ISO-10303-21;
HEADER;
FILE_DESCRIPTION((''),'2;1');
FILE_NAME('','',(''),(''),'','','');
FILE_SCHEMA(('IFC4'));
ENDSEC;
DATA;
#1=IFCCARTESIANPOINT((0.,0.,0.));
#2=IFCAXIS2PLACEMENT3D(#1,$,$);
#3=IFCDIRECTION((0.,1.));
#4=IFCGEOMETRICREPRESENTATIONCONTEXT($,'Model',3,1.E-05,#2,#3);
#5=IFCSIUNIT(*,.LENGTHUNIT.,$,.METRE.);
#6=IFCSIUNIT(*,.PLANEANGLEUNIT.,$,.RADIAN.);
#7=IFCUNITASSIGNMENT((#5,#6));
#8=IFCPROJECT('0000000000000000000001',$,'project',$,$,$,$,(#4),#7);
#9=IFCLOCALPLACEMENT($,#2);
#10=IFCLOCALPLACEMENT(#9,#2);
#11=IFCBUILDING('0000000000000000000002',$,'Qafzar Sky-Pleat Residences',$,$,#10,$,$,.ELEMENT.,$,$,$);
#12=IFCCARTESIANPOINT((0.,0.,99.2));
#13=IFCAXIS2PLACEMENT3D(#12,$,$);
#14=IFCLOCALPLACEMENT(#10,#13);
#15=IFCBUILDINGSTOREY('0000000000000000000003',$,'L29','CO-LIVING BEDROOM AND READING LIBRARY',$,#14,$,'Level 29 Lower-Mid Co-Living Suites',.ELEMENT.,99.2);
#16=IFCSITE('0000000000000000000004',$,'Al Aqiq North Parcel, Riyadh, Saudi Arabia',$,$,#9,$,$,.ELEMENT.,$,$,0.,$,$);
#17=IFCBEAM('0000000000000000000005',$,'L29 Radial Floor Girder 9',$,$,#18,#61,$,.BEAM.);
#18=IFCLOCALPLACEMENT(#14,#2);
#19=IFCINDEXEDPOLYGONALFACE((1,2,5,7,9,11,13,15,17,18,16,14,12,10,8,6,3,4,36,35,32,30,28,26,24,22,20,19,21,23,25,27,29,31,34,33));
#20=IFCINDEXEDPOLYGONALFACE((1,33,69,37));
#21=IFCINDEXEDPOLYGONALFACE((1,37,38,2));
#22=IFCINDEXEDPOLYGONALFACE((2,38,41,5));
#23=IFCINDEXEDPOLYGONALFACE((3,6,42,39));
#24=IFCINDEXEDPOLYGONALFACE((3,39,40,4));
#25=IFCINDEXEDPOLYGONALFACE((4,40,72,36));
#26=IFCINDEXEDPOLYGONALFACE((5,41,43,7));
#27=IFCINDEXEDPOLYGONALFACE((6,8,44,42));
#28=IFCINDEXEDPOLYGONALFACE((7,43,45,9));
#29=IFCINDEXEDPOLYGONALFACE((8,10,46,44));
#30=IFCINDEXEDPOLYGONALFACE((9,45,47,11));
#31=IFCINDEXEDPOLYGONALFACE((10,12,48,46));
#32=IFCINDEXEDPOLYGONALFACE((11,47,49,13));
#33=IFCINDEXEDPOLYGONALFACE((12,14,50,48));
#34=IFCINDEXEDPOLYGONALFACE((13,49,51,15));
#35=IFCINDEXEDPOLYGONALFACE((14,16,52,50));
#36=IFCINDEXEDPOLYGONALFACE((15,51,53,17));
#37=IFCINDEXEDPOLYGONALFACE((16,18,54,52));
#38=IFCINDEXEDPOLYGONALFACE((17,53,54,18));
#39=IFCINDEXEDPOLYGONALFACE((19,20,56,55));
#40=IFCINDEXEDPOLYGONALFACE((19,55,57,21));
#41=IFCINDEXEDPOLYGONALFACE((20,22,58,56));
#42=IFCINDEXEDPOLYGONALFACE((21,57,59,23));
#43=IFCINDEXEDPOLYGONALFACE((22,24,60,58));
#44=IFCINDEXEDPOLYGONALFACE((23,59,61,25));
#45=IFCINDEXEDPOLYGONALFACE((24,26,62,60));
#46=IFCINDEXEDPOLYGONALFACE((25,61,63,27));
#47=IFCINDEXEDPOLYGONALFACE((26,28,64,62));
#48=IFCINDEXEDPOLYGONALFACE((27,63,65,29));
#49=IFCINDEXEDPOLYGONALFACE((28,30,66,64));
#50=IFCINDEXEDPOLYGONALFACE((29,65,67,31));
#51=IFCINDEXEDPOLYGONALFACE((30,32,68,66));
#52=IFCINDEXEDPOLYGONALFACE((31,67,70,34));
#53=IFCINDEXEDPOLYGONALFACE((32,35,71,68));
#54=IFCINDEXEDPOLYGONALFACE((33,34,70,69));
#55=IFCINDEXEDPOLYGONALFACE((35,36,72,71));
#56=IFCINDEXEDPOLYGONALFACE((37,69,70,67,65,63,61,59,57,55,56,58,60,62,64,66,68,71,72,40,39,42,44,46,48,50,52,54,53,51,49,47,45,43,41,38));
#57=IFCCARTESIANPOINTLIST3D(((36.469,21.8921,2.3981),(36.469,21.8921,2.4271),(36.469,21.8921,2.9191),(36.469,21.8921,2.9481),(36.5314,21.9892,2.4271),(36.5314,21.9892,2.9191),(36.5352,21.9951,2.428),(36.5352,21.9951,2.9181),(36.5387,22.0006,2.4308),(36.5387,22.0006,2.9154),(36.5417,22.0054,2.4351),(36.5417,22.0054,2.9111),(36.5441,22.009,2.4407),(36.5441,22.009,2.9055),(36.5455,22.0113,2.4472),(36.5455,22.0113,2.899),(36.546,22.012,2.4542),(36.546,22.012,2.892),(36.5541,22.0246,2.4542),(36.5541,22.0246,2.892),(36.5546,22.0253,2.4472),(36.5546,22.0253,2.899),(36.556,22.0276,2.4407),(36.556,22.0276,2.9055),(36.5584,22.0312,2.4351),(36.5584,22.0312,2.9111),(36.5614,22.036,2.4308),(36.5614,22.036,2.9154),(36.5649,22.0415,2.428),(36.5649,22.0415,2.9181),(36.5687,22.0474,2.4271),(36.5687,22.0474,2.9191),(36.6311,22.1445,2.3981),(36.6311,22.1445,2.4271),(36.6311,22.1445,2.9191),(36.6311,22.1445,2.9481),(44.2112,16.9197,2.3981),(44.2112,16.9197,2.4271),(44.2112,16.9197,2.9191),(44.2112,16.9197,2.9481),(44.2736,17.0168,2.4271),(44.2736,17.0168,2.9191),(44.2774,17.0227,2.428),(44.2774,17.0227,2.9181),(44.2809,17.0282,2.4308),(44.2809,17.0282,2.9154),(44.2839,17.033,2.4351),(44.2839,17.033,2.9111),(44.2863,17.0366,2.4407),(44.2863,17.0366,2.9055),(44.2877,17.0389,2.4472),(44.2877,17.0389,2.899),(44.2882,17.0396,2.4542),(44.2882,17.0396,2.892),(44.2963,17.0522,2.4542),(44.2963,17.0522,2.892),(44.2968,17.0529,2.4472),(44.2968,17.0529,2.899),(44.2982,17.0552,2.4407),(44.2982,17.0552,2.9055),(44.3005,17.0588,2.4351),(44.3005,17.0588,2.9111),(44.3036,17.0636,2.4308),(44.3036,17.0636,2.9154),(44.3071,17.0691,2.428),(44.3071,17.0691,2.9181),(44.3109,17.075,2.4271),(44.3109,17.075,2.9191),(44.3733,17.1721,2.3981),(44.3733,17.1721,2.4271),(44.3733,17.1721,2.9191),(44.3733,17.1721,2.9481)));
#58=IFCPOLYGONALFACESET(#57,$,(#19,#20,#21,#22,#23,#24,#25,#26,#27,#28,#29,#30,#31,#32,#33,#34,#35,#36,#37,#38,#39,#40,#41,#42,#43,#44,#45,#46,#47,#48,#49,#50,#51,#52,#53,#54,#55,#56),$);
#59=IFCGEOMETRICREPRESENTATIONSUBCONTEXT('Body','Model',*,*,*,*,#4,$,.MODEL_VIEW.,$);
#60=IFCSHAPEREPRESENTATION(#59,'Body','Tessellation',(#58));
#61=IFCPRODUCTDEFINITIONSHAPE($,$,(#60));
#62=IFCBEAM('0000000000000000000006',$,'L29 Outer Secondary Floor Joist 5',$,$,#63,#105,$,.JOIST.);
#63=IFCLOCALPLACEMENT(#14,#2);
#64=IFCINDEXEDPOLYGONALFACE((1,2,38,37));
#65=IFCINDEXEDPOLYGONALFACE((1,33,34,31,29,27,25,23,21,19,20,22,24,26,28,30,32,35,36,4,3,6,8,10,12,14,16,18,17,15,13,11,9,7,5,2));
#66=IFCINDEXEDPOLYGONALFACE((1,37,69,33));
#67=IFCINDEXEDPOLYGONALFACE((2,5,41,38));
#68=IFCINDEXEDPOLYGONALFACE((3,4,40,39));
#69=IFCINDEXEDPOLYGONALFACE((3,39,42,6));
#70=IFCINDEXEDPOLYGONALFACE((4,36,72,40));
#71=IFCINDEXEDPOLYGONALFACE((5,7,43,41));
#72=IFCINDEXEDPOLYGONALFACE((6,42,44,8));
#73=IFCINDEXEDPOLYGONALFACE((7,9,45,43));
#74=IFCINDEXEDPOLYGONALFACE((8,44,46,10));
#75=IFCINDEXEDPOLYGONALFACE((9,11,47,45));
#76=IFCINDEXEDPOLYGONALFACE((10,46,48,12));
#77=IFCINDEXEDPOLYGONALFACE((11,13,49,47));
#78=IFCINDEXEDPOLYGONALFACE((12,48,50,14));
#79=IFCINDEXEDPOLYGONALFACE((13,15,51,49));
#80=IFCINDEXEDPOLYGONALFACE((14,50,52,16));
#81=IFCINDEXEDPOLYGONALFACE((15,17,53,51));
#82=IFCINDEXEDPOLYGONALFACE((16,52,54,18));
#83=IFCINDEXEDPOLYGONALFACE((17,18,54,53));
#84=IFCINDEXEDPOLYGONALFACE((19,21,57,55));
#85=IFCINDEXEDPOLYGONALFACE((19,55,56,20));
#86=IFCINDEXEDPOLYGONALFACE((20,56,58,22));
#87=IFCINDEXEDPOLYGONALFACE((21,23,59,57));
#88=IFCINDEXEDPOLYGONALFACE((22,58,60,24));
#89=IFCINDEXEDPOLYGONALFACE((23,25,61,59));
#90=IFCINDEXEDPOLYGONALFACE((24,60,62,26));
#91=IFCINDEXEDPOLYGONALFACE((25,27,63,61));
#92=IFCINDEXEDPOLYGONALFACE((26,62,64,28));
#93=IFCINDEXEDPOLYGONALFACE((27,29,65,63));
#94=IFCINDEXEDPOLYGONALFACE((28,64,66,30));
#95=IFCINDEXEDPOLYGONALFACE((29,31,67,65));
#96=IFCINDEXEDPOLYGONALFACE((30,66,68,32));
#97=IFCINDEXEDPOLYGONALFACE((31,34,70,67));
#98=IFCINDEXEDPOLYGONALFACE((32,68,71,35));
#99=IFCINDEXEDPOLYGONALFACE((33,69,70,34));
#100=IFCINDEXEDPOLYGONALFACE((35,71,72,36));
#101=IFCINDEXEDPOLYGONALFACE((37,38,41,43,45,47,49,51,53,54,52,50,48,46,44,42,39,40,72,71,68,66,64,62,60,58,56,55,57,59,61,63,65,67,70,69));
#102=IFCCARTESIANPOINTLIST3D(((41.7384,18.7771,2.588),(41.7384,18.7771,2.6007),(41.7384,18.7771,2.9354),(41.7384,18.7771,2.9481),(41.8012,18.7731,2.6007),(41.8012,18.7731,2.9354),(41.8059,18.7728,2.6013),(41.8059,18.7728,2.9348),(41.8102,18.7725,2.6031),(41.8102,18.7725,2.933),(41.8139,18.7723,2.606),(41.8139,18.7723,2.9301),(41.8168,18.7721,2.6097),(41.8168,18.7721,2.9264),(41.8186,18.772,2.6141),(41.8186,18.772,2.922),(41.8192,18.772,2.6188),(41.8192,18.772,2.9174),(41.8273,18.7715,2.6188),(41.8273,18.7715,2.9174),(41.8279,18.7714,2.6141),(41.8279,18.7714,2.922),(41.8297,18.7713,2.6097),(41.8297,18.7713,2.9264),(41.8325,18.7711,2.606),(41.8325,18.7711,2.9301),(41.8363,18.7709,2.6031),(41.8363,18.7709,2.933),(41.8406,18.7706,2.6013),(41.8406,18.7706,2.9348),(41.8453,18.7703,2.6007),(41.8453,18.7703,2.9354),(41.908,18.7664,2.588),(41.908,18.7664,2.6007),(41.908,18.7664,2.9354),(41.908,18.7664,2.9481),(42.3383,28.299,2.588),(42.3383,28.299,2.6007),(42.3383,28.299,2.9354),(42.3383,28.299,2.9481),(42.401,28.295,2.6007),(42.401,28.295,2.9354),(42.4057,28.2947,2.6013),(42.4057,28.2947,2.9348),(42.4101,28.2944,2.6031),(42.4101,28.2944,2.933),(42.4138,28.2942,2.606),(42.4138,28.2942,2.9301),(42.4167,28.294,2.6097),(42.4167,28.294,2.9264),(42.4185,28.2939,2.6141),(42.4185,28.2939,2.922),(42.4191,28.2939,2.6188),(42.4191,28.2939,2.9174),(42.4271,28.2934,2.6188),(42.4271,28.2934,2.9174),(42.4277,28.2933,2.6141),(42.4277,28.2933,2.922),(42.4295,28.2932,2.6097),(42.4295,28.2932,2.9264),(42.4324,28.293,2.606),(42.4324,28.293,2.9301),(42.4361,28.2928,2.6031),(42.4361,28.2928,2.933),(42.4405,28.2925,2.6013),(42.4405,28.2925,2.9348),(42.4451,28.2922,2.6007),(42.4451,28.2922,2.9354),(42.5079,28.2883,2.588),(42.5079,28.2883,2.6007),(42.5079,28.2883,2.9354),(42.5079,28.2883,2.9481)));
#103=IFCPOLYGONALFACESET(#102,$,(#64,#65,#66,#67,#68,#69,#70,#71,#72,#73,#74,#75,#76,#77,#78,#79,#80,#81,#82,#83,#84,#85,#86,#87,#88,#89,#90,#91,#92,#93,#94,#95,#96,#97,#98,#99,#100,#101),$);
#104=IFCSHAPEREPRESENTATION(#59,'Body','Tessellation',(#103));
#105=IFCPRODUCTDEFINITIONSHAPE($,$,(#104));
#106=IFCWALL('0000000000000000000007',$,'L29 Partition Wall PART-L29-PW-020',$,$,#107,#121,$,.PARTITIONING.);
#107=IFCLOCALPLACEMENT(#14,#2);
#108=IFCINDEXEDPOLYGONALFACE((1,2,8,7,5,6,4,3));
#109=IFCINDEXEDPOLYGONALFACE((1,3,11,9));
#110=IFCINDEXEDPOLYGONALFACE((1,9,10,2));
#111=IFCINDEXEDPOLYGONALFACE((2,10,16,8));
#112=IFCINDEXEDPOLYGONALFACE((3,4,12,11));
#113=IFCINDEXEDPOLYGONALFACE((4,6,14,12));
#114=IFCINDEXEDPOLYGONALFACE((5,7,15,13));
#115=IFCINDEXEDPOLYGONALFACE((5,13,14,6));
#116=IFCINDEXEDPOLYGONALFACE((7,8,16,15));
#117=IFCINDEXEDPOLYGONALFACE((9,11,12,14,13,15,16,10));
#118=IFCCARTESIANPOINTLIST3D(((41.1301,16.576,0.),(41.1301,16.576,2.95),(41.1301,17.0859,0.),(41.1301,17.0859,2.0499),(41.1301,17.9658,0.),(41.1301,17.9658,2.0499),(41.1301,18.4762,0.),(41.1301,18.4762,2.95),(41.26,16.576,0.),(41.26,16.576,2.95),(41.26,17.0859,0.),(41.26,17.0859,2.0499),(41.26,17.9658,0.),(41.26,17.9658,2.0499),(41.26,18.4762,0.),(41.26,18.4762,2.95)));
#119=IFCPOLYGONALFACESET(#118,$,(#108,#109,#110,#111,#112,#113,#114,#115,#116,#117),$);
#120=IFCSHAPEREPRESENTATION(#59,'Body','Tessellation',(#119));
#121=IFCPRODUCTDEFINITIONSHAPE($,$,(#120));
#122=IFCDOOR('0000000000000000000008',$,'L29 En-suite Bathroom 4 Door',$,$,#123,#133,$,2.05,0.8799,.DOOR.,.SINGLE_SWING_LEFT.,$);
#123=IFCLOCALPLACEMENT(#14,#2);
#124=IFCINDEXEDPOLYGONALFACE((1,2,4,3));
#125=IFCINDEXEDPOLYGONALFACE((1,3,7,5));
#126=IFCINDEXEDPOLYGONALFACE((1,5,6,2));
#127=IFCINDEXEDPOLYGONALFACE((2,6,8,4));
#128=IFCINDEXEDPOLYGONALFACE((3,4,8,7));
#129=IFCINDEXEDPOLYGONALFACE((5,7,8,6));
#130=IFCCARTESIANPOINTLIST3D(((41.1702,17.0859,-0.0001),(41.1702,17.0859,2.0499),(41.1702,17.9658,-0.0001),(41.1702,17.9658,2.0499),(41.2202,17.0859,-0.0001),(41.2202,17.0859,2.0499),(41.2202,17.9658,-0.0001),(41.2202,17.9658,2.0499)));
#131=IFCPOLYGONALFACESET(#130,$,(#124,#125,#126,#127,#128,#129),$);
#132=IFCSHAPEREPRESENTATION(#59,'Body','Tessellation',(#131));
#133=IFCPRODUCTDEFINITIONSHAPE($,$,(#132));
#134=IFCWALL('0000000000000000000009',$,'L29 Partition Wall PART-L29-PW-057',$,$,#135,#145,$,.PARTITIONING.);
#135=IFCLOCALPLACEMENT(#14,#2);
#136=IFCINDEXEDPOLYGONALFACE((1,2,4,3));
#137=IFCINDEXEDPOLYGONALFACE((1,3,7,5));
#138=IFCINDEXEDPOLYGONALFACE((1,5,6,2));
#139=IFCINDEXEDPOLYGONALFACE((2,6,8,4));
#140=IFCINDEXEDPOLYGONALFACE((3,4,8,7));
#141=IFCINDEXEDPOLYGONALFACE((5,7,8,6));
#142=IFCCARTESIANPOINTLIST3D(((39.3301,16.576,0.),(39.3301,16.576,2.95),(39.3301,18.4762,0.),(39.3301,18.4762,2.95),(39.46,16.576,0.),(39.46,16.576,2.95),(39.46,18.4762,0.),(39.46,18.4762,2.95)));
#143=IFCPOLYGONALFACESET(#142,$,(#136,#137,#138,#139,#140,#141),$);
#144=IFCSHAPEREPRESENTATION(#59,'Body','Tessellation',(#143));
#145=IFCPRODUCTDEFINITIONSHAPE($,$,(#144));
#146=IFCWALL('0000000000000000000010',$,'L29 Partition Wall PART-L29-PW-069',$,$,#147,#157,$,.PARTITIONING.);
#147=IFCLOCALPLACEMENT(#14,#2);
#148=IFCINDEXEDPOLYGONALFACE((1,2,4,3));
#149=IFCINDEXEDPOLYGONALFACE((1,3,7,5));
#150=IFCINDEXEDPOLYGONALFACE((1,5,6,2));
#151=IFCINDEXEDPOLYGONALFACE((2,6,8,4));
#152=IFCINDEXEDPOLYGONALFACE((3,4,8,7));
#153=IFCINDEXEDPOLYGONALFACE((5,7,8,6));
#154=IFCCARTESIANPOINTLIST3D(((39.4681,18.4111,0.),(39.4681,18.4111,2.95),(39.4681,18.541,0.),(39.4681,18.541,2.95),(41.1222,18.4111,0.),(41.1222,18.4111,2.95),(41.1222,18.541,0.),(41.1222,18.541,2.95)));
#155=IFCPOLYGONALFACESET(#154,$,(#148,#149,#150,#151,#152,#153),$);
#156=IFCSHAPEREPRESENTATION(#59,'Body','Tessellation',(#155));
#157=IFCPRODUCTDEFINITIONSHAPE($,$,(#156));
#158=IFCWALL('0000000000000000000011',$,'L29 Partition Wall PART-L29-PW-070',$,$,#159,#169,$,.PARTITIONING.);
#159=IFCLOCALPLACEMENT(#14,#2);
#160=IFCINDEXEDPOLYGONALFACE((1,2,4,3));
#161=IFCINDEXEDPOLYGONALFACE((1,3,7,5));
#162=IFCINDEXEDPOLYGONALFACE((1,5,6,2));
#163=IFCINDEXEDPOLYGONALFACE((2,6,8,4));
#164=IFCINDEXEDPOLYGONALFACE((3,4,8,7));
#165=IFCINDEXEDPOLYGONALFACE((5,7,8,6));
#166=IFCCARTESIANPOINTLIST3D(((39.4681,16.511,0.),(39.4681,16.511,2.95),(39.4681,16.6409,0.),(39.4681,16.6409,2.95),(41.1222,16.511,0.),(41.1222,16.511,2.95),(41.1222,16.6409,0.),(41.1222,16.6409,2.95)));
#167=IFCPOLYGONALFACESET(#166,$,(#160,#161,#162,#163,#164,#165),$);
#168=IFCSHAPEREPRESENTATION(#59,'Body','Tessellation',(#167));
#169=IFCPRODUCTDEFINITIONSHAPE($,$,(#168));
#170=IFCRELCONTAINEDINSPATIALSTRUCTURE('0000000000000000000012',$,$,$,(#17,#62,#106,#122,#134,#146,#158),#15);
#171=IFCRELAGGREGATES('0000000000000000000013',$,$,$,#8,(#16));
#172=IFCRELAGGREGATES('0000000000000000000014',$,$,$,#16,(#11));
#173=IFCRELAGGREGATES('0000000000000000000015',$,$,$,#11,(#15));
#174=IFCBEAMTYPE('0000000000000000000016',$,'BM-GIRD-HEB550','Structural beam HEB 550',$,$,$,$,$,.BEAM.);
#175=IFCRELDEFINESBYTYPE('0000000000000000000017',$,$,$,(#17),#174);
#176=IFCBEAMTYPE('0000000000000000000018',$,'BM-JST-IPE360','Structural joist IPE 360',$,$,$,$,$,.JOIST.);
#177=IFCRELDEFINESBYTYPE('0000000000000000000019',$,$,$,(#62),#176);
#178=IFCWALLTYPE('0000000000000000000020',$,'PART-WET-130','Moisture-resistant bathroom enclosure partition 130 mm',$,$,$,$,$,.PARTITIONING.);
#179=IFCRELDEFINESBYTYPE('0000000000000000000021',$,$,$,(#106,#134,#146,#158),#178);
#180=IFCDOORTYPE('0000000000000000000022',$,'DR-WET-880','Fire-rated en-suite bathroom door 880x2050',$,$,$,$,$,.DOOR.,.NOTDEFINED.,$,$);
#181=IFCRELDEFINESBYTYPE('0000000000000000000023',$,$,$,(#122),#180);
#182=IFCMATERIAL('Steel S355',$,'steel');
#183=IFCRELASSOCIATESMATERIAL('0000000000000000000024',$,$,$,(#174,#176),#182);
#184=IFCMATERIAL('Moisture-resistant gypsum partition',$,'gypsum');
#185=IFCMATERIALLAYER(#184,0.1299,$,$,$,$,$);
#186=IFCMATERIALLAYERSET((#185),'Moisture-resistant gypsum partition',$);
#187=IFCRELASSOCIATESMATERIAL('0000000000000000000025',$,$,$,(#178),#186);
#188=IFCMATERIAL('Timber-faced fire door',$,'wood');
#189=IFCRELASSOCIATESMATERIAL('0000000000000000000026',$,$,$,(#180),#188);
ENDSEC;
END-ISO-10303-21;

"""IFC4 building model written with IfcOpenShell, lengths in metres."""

from ifc_helpers import new_model, si_unit, direction, frame, frame_2d, origin, origin_2d, place, context, subcontext, project, spatial, rectangle, i_section, extrude, source, transform, mapped, material, layer, layer_set, material_profile, profile_set, type_object, element, fill, save


model = new_model("IFC4")

# Units and contexts
model_context = context("Model", 3, precision=1e-05, world=origin(), true_north=direction((0.0, 1.0)))
body_context = subcontext(model_context, "Body", "Model", "MODEL_VIEW")
ifc_project = project(units=[si_unit("LENGTHUNIT", "METRE"), si_unit("PLANEANGLEUNIT", "RADIAN")], contexts=[model_context])

# Site, building, storey
site_placement = place(None, origin())
site = spatial("IfcSite", under=ifc_project, at=site_placement, Name="Al Aqiq North Parcel, Riyadh, Saudi Arabia", CompositionType="ELEMENT", RefElevation=0.0)
building_placement = place(site_placement, origin())
building = spatial("IfcBuilding", under=site, at=building_placement, Name="Qafzar Sky-Pleat Residences", CompositionType="ELEMENT")
storey_placement = place(building_placement, frame((0.0, 0.0, 99.2)))
storey = spatial("IfcBuildingStorey", under=building, at=storey_placement, Name="L29", Description="CO-LIVING BEDROOM AND READING LIBRARY", LongName="Level 29 Lower-Mid Co-Living Suites", CompositionType="ELEMENT", Elevation=99.2)

# Beams
ifc_material_1 = material(Name="Steel S355", Category="steel")
ifc_material_profile_1 = material_profile(ifc_material_1, i_section(OverallWidth=0.3, OverallDepth=0.55, WebThickness=0.0149, FlangeThickness=0.0291, FilletRadius=0.0271, at=origin_2d()), Name="HEB 550")
ifc_profile_set_1 = profile_set([ifc_material_profile_1], Name="Steel S355")
beam_type_1 = type_object("IfcBeamType", Name="BM-GIRD-HEB550", Description="Structural beam HEB 550", PredefinedType="BEAM", material=ifc_profile_set_1)
shared_shape_1 = source(origin(), body_context, "Body", "SweptSolid", [
    extrude(i_section(OverallWidth=0.3, OverallDepth=0.55, WebThickness=0.0149, FlangeThickness=0.0291, FilletRadius=0.0271, at=origin_2d()), origin(), (0.0, 0.0, 1.0), 9.2014),
])
beam_1_placement = place(storey_placement, frame((44.2922, 17.0459, 2.6731), z_axis=(-0.841411, 0.540395, 0.0), x_axis=(-0.540395, -0.841411, 0.0)))
element("IfcBeam", 1, at=beam_1_placement, inside=storey, type_object=beam_type_1, Name="L29 Radial Floor Girder 9", PredefinedType="BEAM", context=body_context, shape_type="MappedRepresentation", body=[
    mapped(shared_shape_1, transform((0.0, 0.0, 0.0), x_axis=(1.0, 0.0, 0.0), y_axis=(0.0, 1.0, 0.0), z_axis=(0.0, 0.0, 1.0), scale=1.0)),
])
ifc_material_profile_2 = material_profile(ifc_material_1, i_section(OverallWidth=0.1699, OverallDepth=0.3601, WebThickness=0.0081, FlangeThickness=0.0127, FilletRadius=0.0181, at=origin_2d()), Name="IPE 360")
ifc_profile_set_2 = profile_set([ifc_material_profile_2], Name="Steel S355")
beam_type_2 = type_object("IfcBeamType", Name="BM-JST-IPE360", Description="Structural joist IPE 360", PredefinedType="JOIST", material=ifc_profile_set_2)
shared_shape_2 = source(origin(), body_context, "Body", "SweptSolid", [
    extrude(i_section(OverallWidth=0.1699, OverallDepth=0.3601, WebThickness=0.0081, FlangeThickness=0.0127, FilletRadius=0.0181, at=origin_2d()), origin(), (0.0, 0.0, 1.0), 9.5408),
])
beam_2_placement = place(storey_placement, frame((41.8232, 18.7717, 2.7681), z_axis=(0.062872, 0.998022, 0.0), x_axis=(-0.998022, 0.062872, 0.0)))
element("IfcBeam", 2, at=beam_2_placement, inside=storey, type_object=beam_type_2, Name="L29 Outer Secondary Floor Joist 5", PredefinedType="JOIST", context=body_context, shape_type="MappedRepresentation", body=[
    mapped(shared_shape_2, transform((0.0, 0.0, 0.0), x_axis=(1.0, 0.0, 0.0), y_axis=(0.0, 1.0, 0.0), z_axis=(0.0, 0.0, 1.0), scale=1.0)),
])

# Wall, opening, door
ifc_material_2 = material(Name="Moisture-resistant gypsum partition", Category="gypsum")
ifc_layer_1 = layer(ifc_material_2, 0.1299)
ifc_layer_set_1 = layer_set([ifc_layer_1], Name="Moisture-resistant gypsum partition")
wall_type_1 = type_object("IfcWallType", Name="PART-WET-130", Description="Moisture-resistant bathroom enclosure partition 130 mm", PredefinedType="PARTITIONING", material=ifc_layer_set_1)
wall_1_placement = place(storey_placement, frame((41.1951, 16.5759, 0.0), z_axis=(0.0, 0.0, 1.0), x_axis=(0.0, 1.0, 0.0)))
wall_1 = element("IfcWall", 3, at=wall_1_placement, inside=storey, type_object=wall_type_1, Name="L29 Partition Wall PART-L29-PW-020", PredefinedType="PARTITIONING", context=body_context, shape_type="SweptSolid", body=[
    extrude(rectangle(XDim=1.9001, YDim=0.1299, at=frame_2d((0.9502, 0.0))), origin(), (0.0, 0.0, 1.0), 2.95),
])
opening_1_placement = place(wall_1_placement, frame((0.51, 0.0, 0.0)))
opening_1 = element("IfcOpeningElement", 4, at=opening_1_placement, cuts=wall_1, PredefinedType="OPENING", context=body_context, shape_type="SweptSolid", body=[
    extrude(rectangle(XDim=0.8799, YDim=2.05, at=frame_2d((0.4399, 1.0249))), frame((0.0, 0.075, 0.0), z_axis=(0.0, -1.0, 0.0), x_axis=(1.0, 0.0, 0.0)), (0.0, 0.0, 1.0), 0.1499),
])
ifc_material_3 = material(Name="Timber-faced fire door", Category="wood")
door_type = type_object("IfcDoorType", Name="DR-WET-880", Description="Fire-rated en-suite bathroom door 880x2050", OperationType="NOTDEFINED", PredefinedType="DOOR", material=ifc_material_3)
shared_shape_3 = source(origin(), body_context, "Body", "SweptSolid", [
    extrude(rectangle(XDim=0.8799, YDim=2.05, at=frame_2d((0.4399, 1.0249))), frame((0.0, 0.0249, 0.0), z_axis=(0.0, -1.0, 0.0), x_axis=(1.0, 0.0, 0.0)), (0.0, 0.0, 1.0), 0.05),
])
door_placement = place(opening_1_placement, origin())
door = element("IfcDoor", 5, at=door_placement, inside=storey, type_object=door_type, Name="L29 En-suite Bathroom 4 Door", OperationType="SINGLE_SWING_LEFT", OverallHeight=2.05, OverallWidth=0.8799, PredefinedType="DOOR", context=body_context, shape_type="MappedRepresentation", body=[
    mapped(shared_shape_3, transform((0.0, 0.0, 0.0), x_axis=(1.0, 0.0, 0.0), y_axis=(0.0, 1.0, 0.0), z_axis=(0.0, 0.0, 1.0), scale=1.0)),
])
fill(opening_1, door)

# Walls
wall_2_placement = place(storey_placement, frame((39.395, 16.5759, 0.0), z_axis=(0.0, 0.0, 1.0), x_axis=(0.0, 1.0, 0.0)))
element("IfcWall", 6, at=wall_2_placement, inside=storey, type_object=wall_type_1, Name="L29 Partition Wall PART-L29-PW-057", PredefinedType="PARTITIONING", context=body_context, shape_type="SweptSolid", body=[
    extrude(rectangle(XDim=1.9001, YDim=0.1299, at=frame_2d((0.9502, 0.0))), origin(), (0.0, 0.0, 1.0), 2.95),
])
for number, where, z_axis, x_axis, name in (
    (7, (39.468, 18.4761, 0.0), (0.0, 0.0, 1.0), (1.0, 0.0, 0.0), "L29 Partition Wall PART-L29-PW-069"),
    (8, (39.468, 16.5759, 0.0), (0.0, 0.0, 1.0), (1.0, 0.0, 0.0), "L29 Partition Wall PART-L29-PW-070"),
):
    element("IfcWall", number, at=place(storey_placement, frame(where, z_axis=z_axis, x_axis=x_axis)), inside=storey, type_object=wall_type_1, Name=name, PredefinedType="PARTITIONING", context=body_context, shape_type="SweptSolid", body=[
        extrude(rectangle(XDim=1.6541, YDim=0.1299, at=frame_2d((0.8271, 0.0))), origin(), (0.0, 0.0, 1.0), 2.95),
    ])

save(model, "model.ifc")
